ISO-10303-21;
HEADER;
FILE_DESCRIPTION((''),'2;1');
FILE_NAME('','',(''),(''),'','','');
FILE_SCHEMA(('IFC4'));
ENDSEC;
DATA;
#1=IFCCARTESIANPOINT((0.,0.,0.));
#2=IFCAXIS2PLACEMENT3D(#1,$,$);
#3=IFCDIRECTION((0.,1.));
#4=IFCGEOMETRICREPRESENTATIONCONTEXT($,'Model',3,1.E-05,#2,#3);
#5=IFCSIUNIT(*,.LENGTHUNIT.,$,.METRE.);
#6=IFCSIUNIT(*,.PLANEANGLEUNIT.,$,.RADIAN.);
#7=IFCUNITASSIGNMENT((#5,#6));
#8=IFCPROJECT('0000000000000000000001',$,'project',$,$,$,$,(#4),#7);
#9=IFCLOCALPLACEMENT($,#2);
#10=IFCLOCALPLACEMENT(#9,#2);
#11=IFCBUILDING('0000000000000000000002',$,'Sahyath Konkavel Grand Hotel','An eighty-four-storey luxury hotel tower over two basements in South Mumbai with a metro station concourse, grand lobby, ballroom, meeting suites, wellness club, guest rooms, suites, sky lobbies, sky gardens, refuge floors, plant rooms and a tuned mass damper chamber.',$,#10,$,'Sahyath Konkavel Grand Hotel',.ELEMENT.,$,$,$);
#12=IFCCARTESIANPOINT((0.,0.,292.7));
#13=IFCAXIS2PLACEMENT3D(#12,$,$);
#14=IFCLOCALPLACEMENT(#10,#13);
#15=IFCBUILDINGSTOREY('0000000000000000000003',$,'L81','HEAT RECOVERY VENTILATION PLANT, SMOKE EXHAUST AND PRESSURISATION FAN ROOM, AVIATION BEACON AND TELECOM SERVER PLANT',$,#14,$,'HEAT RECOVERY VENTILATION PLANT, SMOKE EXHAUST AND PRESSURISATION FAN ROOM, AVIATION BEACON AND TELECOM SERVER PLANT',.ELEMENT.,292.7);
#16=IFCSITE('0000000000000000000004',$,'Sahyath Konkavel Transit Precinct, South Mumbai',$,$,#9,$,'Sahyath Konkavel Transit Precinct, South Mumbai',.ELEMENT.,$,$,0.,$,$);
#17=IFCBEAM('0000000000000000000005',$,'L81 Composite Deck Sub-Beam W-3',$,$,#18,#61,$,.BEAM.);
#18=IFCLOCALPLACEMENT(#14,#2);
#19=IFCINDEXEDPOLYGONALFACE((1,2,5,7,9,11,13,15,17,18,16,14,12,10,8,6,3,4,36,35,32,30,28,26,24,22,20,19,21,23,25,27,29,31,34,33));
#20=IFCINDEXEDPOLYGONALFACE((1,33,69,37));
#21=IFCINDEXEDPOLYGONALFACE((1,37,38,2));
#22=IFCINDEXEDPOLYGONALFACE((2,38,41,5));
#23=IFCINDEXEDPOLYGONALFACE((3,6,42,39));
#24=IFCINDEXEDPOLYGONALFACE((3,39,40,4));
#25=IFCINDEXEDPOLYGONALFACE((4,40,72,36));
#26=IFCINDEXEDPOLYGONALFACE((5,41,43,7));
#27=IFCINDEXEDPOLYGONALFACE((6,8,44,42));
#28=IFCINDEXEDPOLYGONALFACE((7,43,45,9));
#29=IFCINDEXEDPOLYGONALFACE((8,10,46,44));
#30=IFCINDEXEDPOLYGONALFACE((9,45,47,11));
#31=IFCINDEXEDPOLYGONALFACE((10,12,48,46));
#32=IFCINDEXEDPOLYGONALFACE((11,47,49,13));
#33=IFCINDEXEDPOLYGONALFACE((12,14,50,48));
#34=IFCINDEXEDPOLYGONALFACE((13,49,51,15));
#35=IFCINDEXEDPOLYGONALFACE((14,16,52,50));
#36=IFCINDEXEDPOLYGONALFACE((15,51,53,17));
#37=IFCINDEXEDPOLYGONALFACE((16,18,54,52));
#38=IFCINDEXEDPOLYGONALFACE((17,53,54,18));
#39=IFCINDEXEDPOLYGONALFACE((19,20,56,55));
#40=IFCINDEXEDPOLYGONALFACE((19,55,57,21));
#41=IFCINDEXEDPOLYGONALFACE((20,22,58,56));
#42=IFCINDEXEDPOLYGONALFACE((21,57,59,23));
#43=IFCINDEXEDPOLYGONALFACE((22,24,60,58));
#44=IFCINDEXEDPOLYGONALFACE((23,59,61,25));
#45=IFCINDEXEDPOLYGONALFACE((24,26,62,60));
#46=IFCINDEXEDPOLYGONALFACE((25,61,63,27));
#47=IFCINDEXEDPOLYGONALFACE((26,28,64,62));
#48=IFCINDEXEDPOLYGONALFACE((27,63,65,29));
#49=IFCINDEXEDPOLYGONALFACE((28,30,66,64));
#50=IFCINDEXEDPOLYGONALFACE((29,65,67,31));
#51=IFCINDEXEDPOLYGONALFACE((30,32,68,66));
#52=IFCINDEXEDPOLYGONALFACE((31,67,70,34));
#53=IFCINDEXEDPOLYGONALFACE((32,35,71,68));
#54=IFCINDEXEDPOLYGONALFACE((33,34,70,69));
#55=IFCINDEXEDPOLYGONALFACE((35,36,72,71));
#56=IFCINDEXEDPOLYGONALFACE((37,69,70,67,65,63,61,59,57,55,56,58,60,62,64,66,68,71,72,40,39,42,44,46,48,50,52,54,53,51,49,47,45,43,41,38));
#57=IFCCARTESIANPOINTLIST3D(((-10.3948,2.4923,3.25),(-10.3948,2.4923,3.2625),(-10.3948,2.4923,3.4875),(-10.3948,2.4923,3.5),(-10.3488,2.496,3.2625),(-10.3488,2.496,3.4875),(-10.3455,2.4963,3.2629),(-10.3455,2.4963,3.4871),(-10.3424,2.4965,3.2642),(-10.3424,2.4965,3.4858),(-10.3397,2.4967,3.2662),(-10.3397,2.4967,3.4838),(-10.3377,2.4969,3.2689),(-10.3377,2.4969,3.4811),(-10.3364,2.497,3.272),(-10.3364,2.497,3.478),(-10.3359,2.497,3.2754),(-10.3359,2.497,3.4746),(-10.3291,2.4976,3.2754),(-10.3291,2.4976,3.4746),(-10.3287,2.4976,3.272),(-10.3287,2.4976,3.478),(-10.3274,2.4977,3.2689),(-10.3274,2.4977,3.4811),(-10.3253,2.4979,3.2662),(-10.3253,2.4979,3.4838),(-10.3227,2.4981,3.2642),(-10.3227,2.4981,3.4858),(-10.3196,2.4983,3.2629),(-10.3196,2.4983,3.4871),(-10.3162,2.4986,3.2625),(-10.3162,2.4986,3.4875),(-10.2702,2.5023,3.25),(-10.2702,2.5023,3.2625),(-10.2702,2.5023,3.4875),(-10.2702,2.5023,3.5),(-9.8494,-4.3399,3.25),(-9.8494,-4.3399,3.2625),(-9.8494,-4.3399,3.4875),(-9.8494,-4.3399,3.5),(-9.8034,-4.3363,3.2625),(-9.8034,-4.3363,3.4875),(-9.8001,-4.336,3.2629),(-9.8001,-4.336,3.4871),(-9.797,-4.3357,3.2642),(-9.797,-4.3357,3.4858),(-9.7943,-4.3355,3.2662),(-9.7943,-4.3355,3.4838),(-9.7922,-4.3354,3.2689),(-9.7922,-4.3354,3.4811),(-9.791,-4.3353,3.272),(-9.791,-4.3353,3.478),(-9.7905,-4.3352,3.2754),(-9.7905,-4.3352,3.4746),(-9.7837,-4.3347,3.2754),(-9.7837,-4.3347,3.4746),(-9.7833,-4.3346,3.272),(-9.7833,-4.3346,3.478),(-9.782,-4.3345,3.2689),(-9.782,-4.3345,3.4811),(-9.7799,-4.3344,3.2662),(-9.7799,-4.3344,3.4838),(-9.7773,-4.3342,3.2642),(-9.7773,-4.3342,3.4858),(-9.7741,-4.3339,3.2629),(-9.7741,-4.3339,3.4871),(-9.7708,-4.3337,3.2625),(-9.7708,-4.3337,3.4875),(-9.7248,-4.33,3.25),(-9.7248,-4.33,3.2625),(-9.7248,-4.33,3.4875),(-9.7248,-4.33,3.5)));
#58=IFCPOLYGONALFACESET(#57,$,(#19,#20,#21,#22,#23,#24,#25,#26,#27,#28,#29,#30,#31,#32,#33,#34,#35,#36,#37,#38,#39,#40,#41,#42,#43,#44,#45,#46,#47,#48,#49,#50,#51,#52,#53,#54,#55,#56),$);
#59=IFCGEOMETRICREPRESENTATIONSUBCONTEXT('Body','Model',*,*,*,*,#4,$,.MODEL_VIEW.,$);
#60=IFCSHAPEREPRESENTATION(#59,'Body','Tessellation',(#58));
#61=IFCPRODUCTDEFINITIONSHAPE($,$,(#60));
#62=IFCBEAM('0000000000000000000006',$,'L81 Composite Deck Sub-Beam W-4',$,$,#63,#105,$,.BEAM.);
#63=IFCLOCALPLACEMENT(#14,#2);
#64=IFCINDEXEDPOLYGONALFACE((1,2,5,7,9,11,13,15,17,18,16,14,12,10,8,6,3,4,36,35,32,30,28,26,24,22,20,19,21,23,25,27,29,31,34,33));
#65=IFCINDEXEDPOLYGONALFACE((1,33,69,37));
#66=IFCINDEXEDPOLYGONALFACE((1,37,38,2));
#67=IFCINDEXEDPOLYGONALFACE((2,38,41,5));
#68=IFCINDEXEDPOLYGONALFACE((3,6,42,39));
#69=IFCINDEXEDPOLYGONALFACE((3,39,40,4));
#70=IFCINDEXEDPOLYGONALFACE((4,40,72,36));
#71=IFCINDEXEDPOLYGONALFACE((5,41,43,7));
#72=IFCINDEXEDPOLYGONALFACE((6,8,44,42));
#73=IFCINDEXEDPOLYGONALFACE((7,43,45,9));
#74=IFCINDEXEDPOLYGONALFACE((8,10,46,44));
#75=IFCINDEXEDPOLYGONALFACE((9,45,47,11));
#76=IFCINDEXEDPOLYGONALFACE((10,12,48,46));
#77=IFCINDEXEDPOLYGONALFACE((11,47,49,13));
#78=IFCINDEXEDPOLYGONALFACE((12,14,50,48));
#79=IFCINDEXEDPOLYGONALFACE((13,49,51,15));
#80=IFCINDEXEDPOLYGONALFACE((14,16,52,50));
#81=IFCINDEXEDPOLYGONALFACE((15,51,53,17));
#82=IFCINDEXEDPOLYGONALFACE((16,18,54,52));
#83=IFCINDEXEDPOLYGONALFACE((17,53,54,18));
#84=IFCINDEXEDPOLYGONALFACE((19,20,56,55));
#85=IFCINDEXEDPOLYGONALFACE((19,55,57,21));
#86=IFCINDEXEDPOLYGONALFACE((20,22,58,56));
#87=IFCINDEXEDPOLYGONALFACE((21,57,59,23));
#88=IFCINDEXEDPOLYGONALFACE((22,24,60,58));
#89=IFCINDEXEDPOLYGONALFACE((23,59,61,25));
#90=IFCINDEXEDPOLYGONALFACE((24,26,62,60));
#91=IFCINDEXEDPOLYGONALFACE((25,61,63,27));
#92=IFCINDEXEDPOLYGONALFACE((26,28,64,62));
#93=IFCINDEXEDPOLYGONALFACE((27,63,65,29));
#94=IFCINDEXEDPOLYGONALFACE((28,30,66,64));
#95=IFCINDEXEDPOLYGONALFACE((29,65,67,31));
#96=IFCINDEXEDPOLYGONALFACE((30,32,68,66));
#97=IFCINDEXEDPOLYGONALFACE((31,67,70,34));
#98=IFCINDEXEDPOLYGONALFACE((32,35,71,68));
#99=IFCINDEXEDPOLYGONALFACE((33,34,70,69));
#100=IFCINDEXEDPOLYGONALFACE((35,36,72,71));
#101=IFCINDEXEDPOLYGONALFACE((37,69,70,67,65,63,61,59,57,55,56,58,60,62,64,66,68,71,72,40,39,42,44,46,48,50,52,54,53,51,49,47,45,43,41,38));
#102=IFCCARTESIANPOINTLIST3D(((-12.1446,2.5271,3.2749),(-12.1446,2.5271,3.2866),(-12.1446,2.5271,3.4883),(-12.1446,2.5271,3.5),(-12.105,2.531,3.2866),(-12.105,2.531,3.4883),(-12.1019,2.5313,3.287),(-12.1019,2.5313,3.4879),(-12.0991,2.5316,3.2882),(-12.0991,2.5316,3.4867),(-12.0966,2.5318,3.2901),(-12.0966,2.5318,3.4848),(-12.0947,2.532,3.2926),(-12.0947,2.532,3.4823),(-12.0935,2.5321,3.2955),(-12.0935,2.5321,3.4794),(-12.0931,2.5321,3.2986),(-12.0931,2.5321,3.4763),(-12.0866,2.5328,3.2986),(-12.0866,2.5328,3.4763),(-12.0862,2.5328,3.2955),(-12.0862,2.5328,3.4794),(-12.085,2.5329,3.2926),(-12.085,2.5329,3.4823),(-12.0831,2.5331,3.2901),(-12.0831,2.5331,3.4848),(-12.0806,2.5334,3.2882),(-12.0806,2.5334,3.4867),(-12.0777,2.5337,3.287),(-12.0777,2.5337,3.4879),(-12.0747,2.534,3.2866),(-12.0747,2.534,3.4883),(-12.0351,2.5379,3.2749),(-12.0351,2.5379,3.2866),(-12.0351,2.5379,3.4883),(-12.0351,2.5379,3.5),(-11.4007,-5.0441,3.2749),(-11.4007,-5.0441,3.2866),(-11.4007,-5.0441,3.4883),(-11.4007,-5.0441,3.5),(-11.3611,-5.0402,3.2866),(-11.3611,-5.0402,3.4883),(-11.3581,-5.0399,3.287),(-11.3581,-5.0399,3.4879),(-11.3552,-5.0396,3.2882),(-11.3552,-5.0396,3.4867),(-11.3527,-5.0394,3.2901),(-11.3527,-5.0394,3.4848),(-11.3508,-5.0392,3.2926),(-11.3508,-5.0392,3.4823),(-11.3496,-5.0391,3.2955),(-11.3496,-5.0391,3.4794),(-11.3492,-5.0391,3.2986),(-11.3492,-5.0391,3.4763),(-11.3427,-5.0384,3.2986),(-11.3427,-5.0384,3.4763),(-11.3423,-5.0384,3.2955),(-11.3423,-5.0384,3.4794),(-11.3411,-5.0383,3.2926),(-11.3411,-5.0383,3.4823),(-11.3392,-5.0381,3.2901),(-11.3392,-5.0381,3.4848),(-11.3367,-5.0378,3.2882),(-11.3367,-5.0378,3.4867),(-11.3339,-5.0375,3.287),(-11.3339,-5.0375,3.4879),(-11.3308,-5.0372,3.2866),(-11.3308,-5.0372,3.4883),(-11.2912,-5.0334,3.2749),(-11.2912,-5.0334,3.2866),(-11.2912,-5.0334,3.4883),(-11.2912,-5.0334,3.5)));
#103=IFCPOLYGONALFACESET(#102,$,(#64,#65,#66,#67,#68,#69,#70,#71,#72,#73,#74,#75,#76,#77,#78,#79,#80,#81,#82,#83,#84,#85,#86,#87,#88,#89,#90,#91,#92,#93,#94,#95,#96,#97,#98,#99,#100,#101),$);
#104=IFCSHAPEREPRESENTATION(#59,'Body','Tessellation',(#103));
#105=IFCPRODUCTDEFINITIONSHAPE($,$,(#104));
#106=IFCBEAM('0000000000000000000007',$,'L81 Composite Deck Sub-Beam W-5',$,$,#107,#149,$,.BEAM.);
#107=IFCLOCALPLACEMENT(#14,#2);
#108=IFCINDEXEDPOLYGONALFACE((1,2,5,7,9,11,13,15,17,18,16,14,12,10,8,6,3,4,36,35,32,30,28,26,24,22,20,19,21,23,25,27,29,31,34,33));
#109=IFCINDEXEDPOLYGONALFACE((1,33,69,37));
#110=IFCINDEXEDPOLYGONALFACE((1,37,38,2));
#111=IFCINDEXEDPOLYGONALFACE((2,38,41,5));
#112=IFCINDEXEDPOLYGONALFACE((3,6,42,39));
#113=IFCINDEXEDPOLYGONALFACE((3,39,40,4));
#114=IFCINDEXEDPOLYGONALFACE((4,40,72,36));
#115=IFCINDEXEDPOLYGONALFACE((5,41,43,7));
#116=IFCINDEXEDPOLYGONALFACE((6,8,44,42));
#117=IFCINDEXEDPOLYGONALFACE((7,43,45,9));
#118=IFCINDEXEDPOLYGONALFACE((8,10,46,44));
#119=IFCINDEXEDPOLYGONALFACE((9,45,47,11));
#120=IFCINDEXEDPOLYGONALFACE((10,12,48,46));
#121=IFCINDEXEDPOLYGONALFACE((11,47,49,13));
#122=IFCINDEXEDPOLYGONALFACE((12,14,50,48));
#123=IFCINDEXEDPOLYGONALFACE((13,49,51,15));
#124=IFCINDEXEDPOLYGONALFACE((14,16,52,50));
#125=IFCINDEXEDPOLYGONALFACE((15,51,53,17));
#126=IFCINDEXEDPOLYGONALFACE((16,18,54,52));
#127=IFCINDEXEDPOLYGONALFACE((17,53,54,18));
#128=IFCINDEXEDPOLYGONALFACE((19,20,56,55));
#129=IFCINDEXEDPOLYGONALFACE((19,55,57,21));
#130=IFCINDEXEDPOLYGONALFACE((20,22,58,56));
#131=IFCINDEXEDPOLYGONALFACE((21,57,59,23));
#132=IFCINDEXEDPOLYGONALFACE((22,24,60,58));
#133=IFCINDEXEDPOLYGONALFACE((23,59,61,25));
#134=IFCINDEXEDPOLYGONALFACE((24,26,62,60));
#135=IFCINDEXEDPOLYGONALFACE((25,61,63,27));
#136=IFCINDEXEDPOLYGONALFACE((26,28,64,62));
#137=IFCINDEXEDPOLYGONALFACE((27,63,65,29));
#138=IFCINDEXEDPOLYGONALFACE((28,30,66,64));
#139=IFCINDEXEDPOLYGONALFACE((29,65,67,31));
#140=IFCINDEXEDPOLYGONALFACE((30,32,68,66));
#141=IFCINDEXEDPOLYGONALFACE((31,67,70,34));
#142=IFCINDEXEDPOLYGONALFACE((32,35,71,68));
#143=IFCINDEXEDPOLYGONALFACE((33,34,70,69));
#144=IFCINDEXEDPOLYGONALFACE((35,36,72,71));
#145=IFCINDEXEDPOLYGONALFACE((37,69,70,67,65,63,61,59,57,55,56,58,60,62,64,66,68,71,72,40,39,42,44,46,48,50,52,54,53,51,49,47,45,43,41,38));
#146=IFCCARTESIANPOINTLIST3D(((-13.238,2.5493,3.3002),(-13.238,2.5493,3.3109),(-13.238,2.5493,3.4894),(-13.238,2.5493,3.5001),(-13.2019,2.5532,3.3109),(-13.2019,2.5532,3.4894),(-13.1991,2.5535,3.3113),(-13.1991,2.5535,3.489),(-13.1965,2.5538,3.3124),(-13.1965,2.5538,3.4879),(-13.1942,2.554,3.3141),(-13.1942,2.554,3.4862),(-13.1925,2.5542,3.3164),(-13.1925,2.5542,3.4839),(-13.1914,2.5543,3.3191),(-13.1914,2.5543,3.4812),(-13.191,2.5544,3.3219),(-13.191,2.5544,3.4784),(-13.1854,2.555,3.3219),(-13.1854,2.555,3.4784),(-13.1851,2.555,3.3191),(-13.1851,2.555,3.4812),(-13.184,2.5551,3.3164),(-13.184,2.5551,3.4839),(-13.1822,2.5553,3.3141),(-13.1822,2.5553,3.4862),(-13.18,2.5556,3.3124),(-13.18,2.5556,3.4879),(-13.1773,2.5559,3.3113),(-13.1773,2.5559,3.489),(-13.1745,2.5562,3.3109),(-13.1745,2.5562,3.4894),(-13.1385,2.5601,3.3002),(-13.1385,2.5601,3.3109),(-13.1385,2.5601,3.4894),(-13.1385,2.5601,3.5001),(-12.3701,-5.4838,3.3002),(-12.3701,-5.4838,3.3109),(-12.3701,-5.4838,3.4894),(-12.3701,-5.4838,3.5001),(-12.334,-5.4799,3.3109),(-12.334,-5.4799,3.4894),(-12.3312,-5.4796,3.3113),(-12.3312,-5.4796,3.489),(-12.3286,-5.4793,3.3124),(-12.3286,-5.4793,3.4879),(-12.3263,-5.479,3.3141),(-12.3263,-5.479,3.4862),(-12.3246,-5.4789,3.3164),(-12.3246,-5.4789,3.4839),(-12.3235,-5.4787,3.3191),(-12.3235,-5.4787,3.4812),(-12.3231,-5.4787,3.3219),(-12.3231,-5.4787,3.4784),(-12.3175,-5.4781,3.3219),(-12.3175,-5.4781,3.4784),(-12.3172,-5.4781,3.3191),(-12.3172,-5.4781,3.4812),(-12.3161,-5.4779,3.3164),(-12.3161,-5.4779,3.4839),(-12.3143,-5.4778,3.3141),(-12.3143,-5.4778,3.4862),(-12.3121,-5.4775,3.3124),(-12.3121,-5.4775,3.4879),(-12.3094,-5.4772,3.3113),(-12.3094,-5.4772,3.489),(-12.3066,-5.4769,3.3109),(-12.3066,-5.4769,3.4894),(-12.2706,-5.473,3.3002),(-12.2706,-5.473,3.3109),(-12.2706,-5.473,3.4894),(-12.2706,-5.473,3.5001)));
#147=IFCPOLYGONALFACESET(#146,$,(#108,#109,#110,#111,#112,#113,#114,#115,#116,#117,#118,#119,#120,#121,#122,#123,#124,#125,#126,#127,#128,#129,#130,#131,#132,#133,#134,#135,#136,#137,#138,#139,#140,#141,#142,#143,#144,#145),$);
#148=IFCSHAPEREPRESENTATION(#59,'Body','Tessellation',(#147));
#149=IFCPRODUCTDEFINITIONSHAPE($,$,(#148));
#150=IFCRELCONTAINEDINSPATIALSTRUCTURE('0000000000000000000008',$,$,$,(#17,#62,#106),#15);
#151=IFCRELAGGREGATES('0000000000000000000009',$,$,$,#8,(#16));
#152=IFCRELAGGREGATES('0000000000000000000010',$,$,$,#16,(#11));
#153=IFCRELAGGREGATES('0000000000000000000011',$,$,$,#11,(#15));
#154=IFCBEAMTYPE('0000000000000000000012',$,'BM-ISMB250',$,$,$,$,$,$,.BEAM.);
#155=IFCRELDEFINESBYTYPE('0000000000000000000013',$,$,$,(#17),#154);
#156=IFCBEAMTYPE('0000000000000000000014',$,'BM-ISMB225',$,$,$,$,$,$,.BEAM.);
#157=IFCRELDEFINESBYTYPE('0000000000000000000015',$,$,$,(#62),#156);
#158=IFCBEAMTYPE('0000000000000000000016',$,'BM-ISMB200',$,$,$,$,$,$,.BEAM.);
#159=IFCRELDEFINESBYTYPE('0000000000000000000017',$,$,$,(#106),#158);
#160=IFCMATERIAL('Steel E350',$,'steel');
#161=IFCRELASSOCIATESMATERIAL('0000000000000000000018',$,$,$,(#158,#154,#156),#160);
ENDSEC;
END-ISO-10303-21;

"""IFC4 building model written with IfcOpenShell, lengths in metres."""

from ifc_helpers import new_model, si_unit, direction, frame, origin, origin_2d, place, context, subcontext, project, spatial, i_section, extrude, source, transform, mapped, material, material_profile, profile_set, type_object, element, save


model = new_model("IFC4")

# Units and contexts
model_context = context("Model", 3, precision=1e-05, world=origin(), true_north=direction((0.0, 1.0)))
body_context = subcontext(model_context, "Body", "Model", "MODEL_VIEW")
ifc_project = project(units=[si_unit("LENGTHUNIT", "METRE"), si_unit("PLANEANGLEUNIT", "RADIAN")], contexts=[model_context])

# Site, building, storey
site_placement = place(None, origin())
site = spatial("IfcSite", under=ifc_project, at=site_placement, Name="Sahyath Konkavel Transit Precinct, South Mumbai", LongName="Sahyath Konkavel Transit Precinct, South Mumbai", CompositionType="ELEMENT", RefElevation=0.0)
building_placement = place(site_placement, origin())
building = spatial("IfcBuilding", under=site, at=building_placement, Name="Sahyath Konkavel Grand Hotel", Description="An eighty-four-storey luxury hotel tower over two basements in South Mumbai with a metro station concourse, grand lobby, ballroom, meeting suites, wellness club, guest rooms, suites, sky lobbies, sky gardens, refuge floors, plant rooms and a tuned mass damper chamber.", LongName="Sahyath Konkavel Grand Hotel", CompositionType="ELEMENT")
storey_placement = place(building_placement, frame((0.0, 0.0, 292.7)))
storey = spatial("IfcBuildingStorey", under=building, at=storey_placement, Name="L81", Description="HEAT RECOVERY VENTILATION PLANT, SMOKE EXHAUST AND PRESSURISATION FAN ROOM, AVIATION BEACON AND TELECOM SERVER PLANT", LongName="HEAT RECOVERY VENTILATION PLANT, SMOKE EXHAUST AND PRESSURISATION FAN ROOM, AVIATION BEACON AND TELECOM SERVER PLANT", CompositionType="ELEMENT", Elevation=292.7)

# Beams
ifc_material_1 = material(Name="Steel E350", Category="steel")
ifc_material_profile_1 = material_profile(ifc_material_1, i_section(OverallWidth=0.1001, OverallDepth=0.2, WebThickness=0.0056, FlangeThickness=0.0107, FilletRadius=0.011, at=origin_2d()), Name="ISMB 200")
ifc_profile_set_1 = profile_set([ifc_material_profile_1], Name="Steel E350")
beam_type_1 = type_object("IfcBeamType", Name="BM-ISMB200", PredefinedType="BEAM", material=ifc_profile_set_1)
ifc_material_profile_2 = material_profile(ifc_material_1, i_section(OverallWidth=0.125, OverallDepth=0.25, WebThickness=0.0068, FlangeThickness=0.0125, FilletRadius=0.0129, at=origin_2d()), Name="ISMB 250")
ifc_profile_set_2 = profile_set([ifc_material_profile_2], Name="Steel E350")
beam_type_2 = type_object("IfcBeamType", Name="BM-ISMB250", PredefinedType="BEAM", material=ifc_profile_set_2)
shared_shape_1 = source(origin(), body_context, "Body", "SweptSolid", [
    extrude(i_section(OverallWidth=0.125, OverallDepth=0.25, WebThickness=0.0068, FlangeThickness=0.0125, FilletRadius=0.0129, at=origin_2d()), origin(), (0.0, 0.0, 1.0), 6.854),
])
beam_1_placement = place(storey_placement, frame((-10.3325, 2.4973, 3.375), z_axis=(0.079575, -0.996829, 0.0), x_axis=(0.996829, 0.079575, 0.0)))
element("IfcBeam", 1, at=beam_1_placement, inside=storey, type_object=beam_type_2, Name="L81 Composite Deck Sub-Beam W-3", PredefinedType="BEAM", context=body_context, shape_type="MappedRepresentation", body=[
    mapped(shared_shape_1, transform((0.0, 0.0, 0.0), scale=1.0)),
])
ifc_material_profile_3 = material_profile(ifc_material_1, i_section(OverallWidth=0.1101, OverallDepth=0.2251, WebThickness=0.0066, FlangeThickness=0.0117, FilletRadius=0.012, at=origin_2d()), Name="ISMB 225")
ifc_profile_set_3 = profile_set([ifc_material_profile_3], Name="Steel E350")
beam_type_3 = type_object("IfcBeamType", Name="BM-ISMB225", PredefinedType="BEAM", material=ifc_profile_set_3)
shared_shape_2 = source(origin(), body_context, "Body", "SweptSolid", [
    extrude(i_section(OverallWidth=0.1101, OverallDepth=0.2251, WebThickness=0.0066, FlangeThickness=0.0117, FilletRadius=0.012, at=origin_2d()), origin(), (0.0, 0.0, 1.0), 7.6077),
])
beam_2_placement = place(storey_placement, frame((-12.0898, 2.5325, 3.3875), z_axis=(0.097781, -0.995208, 0.0), x_axis=(0.995208, 0.097781, 0.0)))
element("IfcBeam", 2, at=beam_2_placement, inside=storey, type_object=beam_type_3, Name="L81 Composite Deck Sub-Beam W-4", PredefinedType="BEAM", context=body_context, shape_type="MappedRepresentation", body=[
    mapped(shared_shape_2, transform((0.0, 0.0, 0.0), scale=1.0)),
])
shared_shape_3 = source(origin(), body_context, "Body", "SweptSolid", [
    extrude(i_section(OverallWidth=0.1001, OverallDepth=0.2, WebThickness=0.0056, FlangeThickness=0.0107, FilletRadius=0.011, at=origin_2d()), origin(), (0.0, 0.0, 1.0), 8.0798),
])
beam_3_placement = place(storey_placement, frame((-13.1882, 2.5547, 3.4001), z_axis=(0.107416, -0.994214, 0.0), x_axis=(0.994214, 0.107416, 0.0)))
element("IfcBeam", 3, at=beam_3_placement, inside=storey, type_object=beam_type_1, Name="L81 Composite Deck Sub-Beam W-5", PredefinedType="BEAM", context=body_context, shape_type="MappedRepresentation", body=[
    mapped(shared_shape_3, transform((0.0, 0.0, 0.0), scale=1.0)),
])

save(model, "model.ifc")
